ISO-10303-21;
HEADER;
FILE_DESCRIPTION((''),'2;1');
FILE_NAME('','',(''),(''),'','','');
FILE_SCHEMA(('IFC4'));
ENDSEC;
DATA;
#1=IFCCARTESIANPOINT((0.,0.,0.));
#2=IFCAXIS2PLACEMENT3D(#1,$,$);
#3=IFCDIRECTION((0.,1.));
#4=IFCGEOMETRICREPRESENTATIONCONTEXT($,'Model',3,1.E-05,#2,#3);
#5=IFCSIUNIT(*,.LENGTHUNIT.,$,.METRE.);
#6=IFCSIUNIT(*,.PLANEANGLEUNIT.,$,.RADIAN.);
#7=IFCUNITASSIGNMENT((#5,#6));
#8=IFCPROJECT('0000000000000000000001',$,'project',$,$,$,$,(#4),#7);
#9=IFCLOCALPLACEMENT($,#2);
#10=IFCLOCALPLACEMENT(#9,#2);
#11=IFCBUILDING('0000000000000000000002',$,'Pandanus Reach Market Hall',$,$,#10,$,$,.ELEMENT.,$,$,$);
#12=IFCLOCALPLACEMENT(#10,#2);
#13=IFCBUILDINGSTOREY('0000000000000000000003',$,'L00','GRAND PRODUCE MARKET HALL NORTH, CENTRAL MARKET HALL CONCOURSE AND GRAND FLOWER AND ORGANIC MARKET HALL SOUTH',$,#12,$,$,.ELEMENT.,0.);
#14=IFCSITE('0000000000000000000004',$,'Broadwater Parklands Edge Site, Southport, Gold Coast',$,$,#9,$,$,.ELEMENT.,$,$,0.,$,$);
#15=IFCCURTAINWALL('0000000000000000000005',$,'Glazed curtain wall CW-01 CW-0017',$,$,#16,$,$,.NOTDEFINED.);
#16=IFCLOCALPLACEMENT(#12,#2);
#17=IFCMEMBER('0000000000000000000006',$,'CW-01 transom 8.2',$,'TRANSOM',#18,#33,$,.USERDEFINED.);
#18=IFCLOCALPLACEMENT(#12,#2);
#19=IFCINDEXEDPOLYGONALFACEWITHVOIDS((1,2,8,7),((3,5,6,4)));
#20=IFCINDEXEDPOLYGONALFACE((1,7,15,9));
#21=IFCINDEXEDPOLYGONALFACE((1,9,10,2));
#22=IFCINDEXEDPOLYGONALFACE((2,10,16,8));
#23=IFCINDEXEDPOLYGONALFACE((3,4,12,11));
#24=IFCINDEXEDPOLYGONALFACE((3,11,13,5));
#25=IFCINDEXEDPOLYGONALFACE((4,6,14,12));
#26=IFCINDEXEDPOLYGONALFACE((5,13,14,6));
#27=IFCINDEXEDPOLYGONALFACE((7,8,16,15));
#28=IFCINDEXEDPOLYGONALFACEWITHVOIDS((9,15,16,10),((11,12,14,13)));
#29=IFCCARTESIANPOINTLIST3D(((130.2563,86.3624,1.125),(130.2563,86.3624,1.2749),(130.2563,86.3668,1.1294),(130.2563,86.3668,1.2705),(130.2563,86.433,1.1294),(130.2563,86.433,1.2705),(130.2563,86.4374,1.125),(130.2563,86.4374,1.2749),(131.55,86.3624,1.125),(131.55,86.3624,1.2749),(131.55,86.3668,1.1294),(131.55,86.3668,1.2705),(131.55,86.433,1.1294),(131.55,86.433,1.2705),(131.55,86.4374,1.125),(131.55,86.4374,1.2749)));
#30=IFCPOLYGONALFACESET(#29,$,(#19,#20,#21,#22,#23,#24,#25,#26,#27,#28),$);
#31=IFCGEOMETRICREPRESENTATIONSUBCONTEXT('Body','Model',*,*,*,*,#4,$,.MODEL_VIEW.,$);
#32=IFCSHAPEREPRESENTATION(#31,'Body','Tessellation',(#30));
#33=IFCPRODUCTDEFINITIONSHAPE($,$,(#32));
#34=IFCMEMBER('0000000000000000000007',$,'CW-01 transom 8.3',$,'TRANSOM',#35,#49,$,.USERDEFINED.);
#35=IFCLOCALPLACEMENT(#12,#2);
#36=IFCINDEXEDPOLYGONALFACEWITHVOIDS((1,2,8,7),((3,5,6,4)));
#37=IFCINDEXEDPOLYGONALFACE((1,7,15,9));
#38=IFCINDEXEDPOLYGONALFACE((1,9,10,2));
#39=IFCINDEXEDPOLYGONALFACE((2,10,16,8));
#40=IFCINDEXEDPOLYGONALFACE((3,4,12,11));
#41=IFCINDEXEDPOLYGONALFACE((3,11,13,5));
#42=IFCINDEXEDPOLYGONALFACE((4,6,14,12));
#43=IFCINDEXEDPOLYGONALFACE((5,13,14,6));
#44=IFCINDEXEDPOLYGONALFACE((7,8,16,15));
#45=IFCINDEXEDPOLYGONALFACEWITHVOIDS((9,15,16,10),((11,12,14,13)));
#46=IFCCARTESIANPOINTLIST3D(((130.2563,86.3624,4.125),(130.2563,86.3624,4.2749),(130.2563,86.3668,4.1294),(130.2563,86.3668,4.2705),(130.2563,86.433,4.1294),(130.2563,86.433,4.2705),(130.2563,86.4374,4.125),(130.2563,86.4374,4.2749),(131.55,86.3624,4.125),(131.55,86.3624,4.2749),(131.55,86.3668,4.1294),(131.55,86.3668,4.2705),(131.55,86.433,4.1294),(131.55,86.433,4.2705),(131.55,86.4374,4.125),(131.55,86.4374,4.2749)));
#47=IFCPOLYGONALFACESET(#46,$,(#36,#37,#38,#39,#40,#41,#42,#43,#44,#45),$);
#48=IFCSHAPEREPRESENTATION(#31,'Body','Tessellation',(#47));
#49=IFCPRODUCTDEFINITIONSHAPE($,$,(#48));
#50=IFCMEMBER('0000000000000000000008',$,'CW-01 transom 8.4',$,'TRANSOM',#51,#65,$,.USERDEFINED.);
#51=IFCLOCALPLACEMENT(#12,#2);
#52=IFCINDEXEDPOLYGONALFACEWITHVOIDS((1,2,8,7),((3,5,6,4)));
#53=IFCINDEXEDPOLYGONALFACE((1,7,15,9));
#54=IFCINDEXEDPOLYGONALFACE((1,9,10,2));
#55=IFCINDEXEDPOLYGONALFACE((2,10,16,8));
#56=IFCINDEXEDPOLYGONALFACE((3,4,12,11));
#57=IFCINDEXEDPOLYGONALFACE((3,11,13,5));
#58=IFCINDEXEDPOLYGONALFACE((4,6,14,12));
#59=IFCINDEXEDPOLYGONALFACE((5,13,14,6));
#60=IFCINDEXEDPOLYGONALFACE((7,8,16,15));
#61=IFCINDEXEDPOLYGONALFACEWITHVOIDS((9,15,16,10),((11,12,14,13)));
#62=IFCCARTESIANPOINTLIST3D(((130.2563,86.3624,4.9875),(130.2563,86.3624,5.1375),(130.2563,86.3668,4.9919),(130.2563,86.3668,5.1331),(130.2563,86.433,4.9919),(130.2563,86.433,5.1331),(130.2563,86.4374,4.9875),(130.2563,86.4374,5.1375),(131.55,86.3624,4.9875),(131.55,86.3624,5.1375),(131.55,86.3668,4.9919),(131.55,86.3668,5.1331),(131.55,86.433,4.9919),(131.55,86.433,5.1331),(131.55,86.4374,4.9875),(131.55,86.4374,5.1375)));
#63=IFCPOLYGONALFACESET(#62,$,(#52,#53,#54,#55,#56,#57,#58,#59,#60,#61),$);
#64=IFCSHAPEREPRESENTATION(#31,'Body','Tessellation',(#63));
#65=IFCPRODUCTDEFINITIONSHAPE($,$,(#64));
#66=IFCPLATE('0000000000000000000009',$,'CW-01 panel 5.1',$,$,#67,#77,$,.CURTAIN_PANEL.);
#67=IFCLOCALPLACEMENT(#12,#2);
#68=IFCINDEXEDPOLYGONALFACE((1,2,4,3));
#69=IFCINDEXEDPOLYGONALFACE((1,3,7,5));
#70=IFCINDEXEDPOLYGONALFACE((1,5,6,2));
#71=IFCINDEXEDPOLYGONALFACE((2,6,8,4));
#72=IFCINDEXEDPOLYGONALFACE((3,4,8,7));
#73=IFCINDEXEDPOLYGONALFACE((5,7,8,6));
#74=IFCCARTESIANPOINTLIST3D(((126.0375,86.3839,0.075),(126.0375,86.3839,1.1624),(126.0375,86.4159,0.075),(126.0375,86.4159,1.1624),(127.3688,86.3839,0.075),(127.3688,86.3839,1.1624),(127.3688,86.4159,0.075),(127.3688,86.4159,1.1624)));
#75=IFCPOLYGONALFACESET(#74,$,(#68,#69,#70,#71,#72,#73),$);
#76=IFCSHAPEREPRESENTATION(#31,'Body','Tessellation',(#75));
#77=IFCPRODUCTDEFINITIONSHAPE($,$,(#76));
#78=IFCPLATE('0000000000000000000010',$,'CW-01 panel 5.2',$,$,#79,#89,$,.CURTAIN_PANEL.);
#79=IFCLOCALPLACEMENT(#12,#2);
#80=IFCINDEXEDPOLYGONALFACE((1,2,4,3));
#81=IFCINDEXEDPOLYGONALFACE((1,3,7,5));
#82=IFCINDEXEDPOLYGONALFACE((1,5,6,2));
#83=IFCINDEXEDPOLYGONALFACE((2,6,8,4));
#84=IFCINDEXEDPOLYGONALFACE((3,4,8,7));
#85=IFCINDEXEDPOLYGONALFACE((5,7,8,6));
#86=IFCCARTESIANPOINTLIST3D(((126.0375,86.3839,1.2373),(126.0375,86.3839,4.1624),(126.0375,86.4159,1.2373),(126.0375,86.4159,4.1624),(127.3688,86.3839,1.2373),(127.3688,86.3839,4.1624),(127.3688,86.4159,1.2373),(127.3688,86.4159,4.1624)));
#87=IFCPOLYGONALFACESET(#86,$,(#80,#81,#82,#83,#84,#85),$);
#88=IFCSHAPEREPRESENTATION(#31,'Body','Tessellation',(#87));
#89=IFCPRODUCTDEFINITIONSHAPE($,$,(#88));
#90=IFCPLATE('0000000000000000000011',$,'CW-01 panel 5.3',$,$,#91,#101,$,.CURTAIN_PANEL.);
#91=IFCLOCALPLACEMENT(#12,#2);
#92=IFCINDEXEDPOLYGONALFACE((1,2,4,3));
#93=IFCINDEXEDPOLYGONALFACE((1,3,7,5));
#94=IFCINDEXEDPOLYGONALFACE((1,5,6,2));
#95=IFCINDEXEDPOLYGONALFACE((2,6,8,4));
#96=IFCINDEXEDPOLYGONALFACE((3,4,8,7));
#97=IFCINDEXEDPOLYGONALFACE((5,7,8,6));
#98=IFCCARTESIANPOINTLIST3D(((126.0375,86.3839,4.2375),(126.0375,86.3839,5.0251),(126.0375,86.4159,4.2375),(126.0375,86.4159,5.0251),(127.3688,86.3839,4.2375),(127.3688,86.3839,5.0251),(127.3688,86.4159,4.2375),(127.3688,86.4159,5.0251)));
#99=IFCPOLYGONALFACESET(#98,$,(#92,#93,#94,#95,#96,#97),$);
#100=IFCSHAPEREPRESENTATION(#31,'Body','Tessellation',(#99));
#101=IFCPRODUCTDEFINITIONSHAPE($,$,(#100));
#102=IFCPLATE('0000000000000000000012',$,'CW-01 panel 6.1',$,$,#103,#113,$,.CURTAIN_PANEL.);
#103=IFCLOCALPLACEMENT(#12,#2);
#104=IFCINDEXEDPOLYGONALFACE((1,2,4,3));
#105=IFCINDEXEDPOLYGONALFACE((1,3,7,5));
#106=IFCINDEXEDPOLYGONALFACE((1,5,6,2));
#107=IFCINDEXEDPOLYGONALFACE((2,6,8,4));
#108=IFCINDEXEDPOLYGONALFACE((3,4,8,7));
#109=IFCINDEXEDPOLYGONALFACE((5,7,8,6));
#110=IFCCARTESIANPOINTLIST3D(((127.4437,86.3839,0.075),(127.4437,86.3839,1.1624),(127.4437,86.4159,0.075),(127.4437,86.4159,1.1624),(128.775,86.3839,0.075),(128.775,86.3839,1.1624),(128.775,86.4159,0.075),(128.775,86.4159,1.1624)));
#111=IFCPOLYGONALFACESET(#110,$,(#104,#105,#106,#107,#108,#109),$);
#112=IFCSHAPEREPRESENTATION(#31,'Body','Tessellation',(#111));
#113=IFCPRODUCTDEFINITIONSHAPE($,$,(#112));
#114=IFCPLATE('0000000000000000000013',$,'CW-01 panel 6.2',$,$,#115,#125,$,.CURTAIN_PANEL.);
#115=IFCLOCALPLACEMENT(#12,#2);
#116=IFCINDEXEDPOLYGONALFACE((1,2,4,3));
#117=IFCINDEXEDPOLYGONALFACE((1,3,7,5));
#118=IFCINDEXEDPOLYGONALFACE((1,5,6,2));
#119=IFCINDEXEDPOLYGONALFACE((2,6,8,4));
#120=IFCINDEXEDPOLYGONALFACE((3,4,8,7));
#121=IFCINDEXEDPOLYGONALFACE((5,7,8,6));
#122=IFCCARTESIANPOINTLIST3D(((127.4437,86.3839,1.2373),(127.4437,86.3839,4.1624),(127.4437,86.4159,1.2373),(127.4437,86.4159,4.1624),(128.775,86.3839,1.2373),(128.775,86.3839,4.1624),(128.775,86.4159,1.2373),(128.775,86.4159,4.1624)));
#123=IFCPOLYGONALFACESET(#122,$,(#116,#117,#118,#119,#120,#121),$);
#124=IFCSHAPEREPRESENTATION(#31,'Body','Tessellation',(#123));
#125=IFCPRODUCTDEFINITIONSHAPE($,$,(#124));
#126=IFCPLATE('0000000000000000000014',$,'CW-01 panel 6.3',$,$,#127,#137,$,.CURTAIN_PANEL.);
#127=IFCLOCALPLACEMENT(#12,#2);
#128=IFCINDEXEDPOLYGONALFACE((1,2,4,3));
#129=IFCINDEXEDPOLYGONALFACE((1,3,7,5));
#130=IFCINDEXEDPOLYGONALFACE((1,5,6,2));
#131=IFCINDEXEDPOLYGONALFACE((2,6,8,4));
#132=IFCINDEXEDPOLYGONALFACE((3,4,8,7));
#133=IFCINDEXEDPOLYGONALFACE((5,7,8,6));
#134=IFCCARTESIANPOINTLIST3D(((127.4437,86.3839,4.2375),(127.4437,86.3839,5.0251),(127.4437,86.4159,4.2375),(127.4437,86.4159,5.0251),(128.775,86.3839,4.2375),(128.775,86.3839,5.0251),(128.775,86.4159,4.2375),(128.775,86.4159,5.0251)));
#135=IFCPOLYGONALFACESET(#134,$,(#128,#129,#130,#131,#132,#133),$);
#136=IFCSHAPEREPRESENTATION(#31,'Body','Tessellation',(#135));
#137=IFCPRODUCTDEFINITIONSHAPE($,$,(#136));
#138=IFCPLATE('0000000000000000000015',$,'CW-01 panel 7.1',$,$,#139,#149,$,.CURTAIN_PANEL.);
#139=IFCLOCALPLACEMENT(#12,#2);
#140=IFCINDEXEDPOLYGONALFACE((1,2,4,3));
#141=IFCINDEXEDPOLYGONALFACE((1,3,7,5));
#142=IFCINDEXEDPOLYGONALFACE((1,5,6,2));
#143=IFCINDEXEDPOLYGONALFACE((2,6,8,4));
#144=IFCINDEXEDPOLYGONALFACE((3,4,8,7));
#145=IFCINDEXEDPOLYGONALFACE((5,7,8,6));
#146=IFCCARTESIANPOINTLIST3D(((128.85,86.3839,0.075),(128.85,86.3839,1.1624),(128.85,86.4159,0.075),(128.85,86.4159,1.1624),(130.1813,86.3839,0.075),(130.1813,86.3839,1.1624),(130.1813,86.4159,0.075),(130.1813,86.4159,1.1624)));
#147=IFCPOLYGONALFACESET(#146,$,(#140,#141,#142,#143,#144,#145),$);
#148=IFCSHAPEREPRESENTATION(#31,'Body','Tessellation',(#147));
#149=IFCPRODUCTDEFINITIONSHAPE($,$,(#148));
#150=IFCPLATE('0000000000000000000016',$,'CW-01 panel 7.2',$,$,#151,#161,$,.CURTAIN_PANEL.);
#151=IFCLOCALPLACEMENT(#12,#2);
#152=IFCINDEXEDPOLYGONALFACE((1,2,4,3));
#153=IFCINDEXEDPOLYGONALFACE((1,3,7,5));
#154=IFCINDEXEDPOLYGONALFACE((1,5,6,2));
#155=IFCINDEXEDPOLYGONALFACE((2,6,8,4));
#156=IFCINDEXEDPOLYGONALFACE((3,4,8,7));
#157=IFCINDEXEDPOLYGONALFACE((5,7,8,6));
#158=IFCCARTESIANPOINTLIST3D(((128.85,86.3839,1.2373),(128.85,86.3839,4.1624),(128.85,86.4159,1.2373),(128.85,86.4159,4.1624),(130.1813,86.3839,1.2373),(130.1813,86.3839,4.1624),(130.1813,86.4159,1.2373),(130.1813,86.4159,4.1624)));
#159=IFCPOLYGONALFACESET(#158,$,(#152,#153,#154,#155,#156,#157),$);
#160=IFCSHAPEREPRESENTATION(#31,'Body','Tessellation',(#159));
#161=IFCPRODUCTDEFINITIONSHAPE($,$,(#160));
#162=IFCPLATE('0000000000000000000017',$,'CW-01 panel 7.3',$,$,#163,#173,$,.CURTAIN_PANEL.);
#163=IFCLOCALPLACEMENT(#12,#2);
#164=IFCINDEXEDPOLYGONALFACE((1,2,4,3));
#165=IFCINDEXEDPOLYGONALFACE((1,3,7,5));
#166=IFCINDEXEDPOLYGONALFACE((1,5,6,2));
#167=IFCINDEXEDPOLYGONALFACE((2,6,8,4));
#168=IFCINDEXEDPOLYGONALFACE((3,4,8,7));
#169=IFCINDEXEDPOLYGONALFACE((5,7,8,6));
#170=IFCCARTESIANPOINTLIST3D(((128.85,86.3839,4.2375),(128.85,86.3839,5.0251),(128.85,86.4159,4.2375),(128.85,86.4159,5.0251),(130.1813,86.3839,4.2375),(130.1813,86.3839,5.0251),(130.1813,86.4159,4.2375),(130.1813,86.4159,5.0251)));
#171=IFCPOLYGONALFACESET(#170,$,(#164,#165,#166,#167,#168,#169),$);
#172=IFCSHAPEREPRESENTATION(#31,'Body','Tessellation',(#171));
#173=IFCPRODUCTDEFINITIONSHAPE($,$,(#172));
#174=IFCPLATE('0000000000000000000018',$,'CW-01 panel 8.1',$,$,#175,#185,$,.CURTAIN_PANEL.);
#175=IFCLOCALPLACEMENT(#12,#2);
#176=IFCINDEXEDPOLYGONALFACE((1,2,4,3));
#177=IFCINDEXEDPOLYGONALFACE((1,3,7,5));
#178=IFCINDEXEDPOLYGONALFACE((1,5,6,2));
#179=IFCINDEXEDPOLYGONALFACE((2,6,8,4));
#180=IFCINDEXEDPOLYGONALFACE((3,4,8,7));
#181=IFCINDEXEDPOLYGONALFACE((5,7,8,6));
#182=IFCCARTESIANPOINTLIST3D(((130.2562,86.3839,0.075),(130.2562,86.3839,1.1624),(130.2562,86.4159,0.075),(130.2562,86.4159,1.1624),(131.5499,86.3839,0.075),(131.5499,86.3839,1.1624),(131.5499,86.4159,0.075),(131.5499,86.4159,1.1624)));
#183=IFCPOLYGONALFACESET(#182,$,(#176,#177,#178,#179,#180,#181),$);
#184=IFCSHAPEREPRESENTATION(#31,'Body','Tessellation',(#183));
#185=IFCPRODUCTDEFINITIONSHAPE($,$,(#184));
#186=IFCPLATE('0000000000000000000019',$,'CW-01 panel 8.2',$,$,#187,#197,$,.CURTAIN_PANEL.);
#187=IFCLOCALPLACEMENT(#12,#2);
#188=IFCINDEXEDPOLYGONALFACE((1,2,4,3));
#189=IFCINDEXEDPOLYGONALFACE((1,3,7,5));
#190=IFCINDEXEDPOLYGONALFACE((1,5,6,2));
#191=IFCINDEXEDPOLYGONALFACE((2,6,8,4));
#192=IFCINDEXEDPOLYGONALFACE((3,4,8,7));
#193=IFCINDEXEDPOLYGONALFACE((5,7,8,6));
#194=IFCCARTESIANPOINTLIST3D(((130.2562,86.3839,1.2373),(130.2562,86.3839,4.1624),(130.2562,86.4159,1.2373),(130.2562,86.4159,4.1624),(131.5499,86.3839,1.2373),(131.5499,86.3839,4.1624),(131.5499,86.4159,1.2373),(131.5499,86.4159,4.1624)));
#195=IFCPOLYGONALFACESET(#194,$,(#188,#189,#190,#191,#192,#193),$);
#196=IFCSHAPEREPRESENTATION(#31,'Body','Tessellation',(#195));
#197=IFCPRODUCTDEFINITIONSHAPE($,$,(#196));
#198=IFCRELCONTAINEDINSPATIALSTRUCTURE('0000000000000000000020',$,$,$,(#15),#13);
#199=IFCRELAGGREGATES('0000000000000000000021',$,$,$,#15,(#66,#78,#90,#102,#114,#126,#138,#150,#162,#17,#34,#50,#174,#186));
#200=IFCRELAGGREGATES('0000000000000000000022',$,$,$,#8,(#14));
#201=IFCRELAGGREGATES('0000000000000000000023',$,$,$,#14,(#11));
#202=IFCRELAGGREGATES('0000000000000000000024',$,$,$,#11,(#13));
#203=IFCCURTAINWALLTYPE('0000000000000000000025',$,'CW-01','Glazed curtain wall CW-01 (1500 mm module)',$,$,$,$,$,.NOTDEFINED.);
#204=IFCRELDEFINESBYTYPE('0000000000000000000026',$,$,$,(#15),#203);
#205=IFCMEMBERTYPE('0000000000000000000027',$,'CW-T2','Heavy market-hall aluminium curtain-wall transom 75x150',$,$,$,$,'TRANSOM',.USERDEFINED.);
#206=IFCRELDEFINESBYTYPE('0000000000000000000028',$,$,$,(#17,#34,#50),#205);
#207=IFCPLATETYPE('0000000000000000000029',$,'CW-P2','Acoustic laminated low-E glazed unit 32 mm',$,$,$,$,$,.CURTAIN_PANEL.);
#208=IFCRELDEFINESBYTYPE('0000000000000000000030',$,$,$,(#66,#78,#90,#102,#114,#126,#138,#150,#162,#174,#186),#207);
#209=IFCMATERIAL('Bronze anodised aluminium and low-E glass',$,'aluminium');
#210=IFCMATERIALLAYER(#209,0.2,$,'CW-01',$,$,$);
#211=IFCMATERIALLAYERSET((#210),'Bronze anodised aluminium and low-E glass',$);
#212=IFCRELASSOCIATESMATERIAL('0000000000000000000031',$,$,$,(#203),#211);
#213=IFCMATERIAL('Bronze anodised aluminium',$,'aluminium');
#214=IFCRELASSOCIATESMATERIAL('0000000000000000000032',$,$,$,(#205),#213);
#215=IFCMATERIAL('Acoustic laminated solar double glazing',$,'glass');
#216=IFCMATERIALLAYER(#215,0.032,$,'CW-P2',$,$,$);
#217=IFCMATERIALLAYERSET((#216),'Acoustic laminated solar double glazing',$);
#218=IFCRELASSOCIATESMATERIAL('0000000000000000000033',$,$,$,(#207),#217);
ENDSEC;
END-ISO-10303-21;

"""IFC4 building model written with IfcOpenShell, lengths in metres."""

from ifc_helpers import new_model, si_unit, direction, frame, origin, origin_2d, place, context, subcontext, project, spatial, rectangle, hollow_rectangle, extrude, material, layer, layer_set, material_profile, profile_set, type_object, element, aggregate, save


model = new_model("IFC4")

# Units and contexts
model_context = context("Model", 3, precision=1e-05, world=origin(), true_north=direction((0.0, 1.0)))
body_context = subcontext(model_context, "Body", "Model", "MODEL_VIEW")
ifc_project = project(units=[si_unit("LENGTHUNIT", "METRE"), si_unit("PLANEANGLEUNIT", "RADIAN")], contexts=[model_context])

# Site, building, storey
site_placement = place(None, origin())
site = spatial("IfcSite", under=ifc_project, at=site_placement, Name="Broadwater Parklands Edge Site, Southport, Gold Coast", CompositionType="ELEMENT", RefElevation=0.0)
building_placement = place(site_placement, origin())
building = spatial("IfcBuilding", under=site, at=building_placement, Name="Pandanus Reach Market Hall", CompositionType="ELEMENT")
storey_placement = place(building_placement, origin())
storey = spatial("IfcBuildingStorey", under=building, at=storey_placement, Name="L00", Description="GRAND PRODUCE MARKET HALL NORTH, CENTRAL MARKET HALL CONCOURSE AND GRAND FLOWER AND ORGANIC MARKET HALL SOUTH", CompositionType="ELEMENT", Elevation=0.0)

# Curtain wall, members, plates
ifc_material_1 = material(Name="Bronze anodised aluminium and low-E glass", Category="aluminium")
ifc_layer_1 = layer(ifc_material_1, 0.2, Name="CW-01")
ifc_layer_set_1 = layer_set([ifc_layer_1], Name="Bronze anodised aluminium and low-E glass")
curtain_wall_type = type_object("IfcCurtainWallType", Name="CW-01", Description="Glazed curtain wall CW-01 (1500 mm module)", PredefinedType="NOTDEFINED", material=ifc_layer_set_1)
curtain_wall_placement = place(storey_placement, origin())
curtain_wall = element("IfcCurtainWall", 1, at=curtain_wall_placement, inside=storey, type_object=curtain_wall_type, Name="Glazed curtain wall CW-01 CW-0017", PredefinedType="NOTDEFINED")
ifc_material_2 = material(Name="Bronze anodised aluminium", Category="aluminium")
ifc_material_profile_1 = material_profile(ifc_material_2, hollow_rectangle(XDim=0.075, YDim=0.1499, WallThickness=0.0044, at=origin_2d()), Name="ALU75x150", Category="LoadBearing")
ifc_profile_set_1 = profile_set([ifc_material_profile_1], Name="Bronze anodised aluminium")
member_type_1 = type_object("IfcMemberType", Name="CW-T2", Description="Heavy market-hall aluminium curtain-wall transom 75x150", ElementType="TRANSOM", PredefinedType="USERDEFINED", material=ifc_profile_set_1)
member_1_placement = place(storey_placement, frame((130.2563, 86.3999, 1.2), z_axis=(1.0, 0.0, 0.0), x_axis=(0.0, 1.0, 0.0)))
member_1 = element("IfcMember", 2, at=member_1_placement, type_object=member_type_1, Name="CW-01 transom 8.2", ObjectType="TRANSOM", PredefinedType="USERDEFINED", context=body_context, shape_type="SweptSolid", body=[
    extrude(hollow_rectangle(XDim=0.075, YDim=0.1499, WallThickness=0.0044, at=origin_2d()), origin(), (0.0, 0.0, 1.0), 1.2937),
])
member_2_placement = place(storey_placement, frame((130.2563, 86.3999, 4.2), z_axis=(1.0, 0.0, 0.0), x_axis=(0.0, 1.0, 0.0)))
member_2 = element("IfcMember", 3, at=member_2_placement, type_object=member_type_1, Name="CW-01 transom 8.3", ObjectType="TRANSOM", PredefinedType="USERDEFINED", context=body_context, shape_type="SweptSolid", body=[
    extrude(hollow_rectangle(XDim=0.075, YDim=0.1499, WallThickness=0.0044, at=origin_2d()), origin(), (0.0, 0.0, 1.0), 1.2937),
])
member_3_placement = place(storey_placement, frame((130.2563, 86.3999, 5.0625), z_axis=(1.0, 0.0, 0.0), x_axis=(0.0, 1.0, 0.0)))
member_3 = element("IfcMember", 4, at=member_3_placement, type_object=member_type_1, Name="CW-01 transom 8.4", ObjectType="TRANSOM", PredefinedType="USERDEFINED", context=body_context, shape_type="SweptSolid", body=[
    extrude(hollow_rectangle(XDim=0.075, YDim=0.1499, WallThickness=0.0044, at=origin_2d()), origin(), (0.0, 0.0, 1.0), 1.2937),
])
ifc_material_3 = material(Name="Acoustic laminated solar double glazing", Category="glass")
ifc_layer_2 = layer(ifc_material_3, 0.032, Name="CW-P2")
ifc_layer_set_2 = layer_set([ifc_layer_2], Name="Acoustic laminated solar double glazing")
plate_type = type_object("IfcPlateType", Name="CW-P2", Description="Acoustic laminated low-E glazed unit 32 mm", PredefinedType="CURTAIN_PANEL", material=ifc_layer_set_2)
plate_1_placement = place(storey_placement, frame((126.7031, 86.3999, 0.075), z_axis=(0.0, 0.0, 1.0), x_axis=(1.0, 0.0, 0.0)))
plate_1 = element("IfcPlate", 5, at=plate_1_placement, type_object=plate_type, Name="CW-01 panel 5.1", PredefinedType="CURTAIN_PANEL", context=body_context, shape_type="SweptSolid", body=[
    extrude(rectangle(XDim=1.3313, YDim=0.032, at=origin_2d()), origin(), (0.0, 0.0, 1.0), 1.0874),
])
plate_2_placement = place(storey_placement, frame((126.7031, 86.3999, 1.2373), z_axis=(0.0, 0.0, 1.0), x_axis=(1.0, 0.0, 0.0)))
plate_2 = element("IfcPlate", 6, at=plate_2_placement, type_object=plate_type, Name="CW-01 panel 5.2", PredefinedType="CURTAIN_PANEL", context=body_context, shape_type="SweptSolid", body=[
    extrude(rectangle(XDim=1.3313, YDim=0.032, at=origin_2d()), origin(), (0.0, 0.0, 1.0), 2.925),
])
plate_3_placement = place(storey_placement, frame((126.7031, 86.3999, 4.2375), z_axis=(0.0, 0.0, 1.0), x_axis=(1.0, 0.0, 0.0)))
plate_3 = element("IfcPlate", 7, at=plate_3_placement, type_object=plate_type, Name="CW-01 panel 5.3", PredefinedType="CURTAIN_PANEL", context=body_context, shape_type="SweptSolid", body=[
    extrude(rectangle(XDim=1.3313, YDim=0.032, at=origin_2d()), origin(), (0.0, 0.0, 1.0), 0.7876),
])
plate_4_placement = place(storey_placement, frame((128.1094, 86.3999, 0.075), z_axis=(0.0, 0.0, 1.0), x_axis=(1.0, 0.0, 0.0)))
plate_4 = element("IfcPlate", 8, at=plate_4_placement, type_object=plate_type, Name="CW-01 panel 6.1", PredefinedType="CURTAIN_PANEL", context=body_context, shape_type="SweptSolid", body=[
    extrude(rectangle(XDim=1.3313, YDim=0.032, at=origin_2d()), origin(), (0.0, 0.0, 1.0), 1.0874),
])
plate_5_placement = place(storey_placement, frame((128.1094, 86.3999, 1.2373), z_axis=(0.0, 0.0, 1.0), x_axis=(1.0, 0.0, 0.0)))
plate_5 = element("IfcPlate", 9, at=plate_5_placement, type_object=plate_type, Name="CW-01 panel 6.2", PredefinedType="CURTAIN_PANEL", context=body_context, shape_type="SweptSolid", body=[
    extrude(rectangle(XDim=1.3313, YDim=0.032, at=origin_2d()), origin(), (0.0, 0.0, 1.0), 2.925),
])
plate_6_placement = place(storey_placement, frame((128.1094, 86.3999, 4.2375), z_axis=(0.0, 0.0, 1.0), x_axis=(1.0, 0.0, 0.0)))
plate_6 = element("IfcPlate", 10, at=plate_6_placement, type_object=plate_type, Name="CW-01 panel 6.3", PredefinedType="CURTAIN_PANEL", context=body_context, shape_type="SweptSolid", body=[
    extrude(rectangle(XDim=1.3313, YDim=0.032, at=origin_2d()), origin(), (0.0, 0.0, 1.0), 0.7876),
])
plate_7_placement = place(storey_placement, frame((129.5156, 86.3999, 0.075), z_axis=(0.0, 0.0, 1.0), x_axis=(1.0, 0.0, 0.0)))
plate_7 = element("IfcPlate", 11, at=plate_7_placement, type_object=plate_type, Name="CW-01 panel 7.1", PredefinedType="CURTAIN_PANEL", context=body_context, shape_type="SweptSolid", body=[
    extrude(rectangle(XDim=1.3313, YDim=0.032, at=origin_2d()), origin(), (0.0, 0.0, 1.0), 1.0874),
])
plate_8_placement = place(storey_placement, frame((129.5156, 86.3999, 1.2373), z_axis=(0.0, 0.0, 1.0), x_axis=(1.0, 0.0, 0.0)))
plate_8 = element("IfcPlate", 12, at=plate_8_placement, type_object=plate_type, Name="CW-01 panel 7.2", PredefinedType="CURTAIN_PANEL", context=body_context, shape_type="SweptSolid", body=[
    extrude(rectangle(XDim=1.3313, YDim=0.032, at=origin_2d()), origin(), (0.0, 0.0, 1.0), 2.925),
])
plate_9_placement = place(storey_placement, frame((129.5156, 86.3999, 4.2375), z_axis=(0.0, 0.0, 1.0), x_axis=(1.0, 0.0, 0.0)))
plate_9 = element("IfcPlate", 13, at=plate_9_placement, type_object=plate_type, Name="CW-01 panel 7.3", PredefinedType="CURTAIN_PANEL", context=body_context, shape_type="SweptSolid", body=[
    extrude(rectangle(XDim=1.3313, YDim=0.032, at=origin_2d()), origin(), (0.0, 0.0, 1.0), 0.7876),
])
plate_10_placement = place(storey_placement, frame((130.9031, 86.3999, 0.075), z_axis=(0.0, 0.0, 1.0), x_axis=(1.0, 0.0, 0.0)))
plate_10 = element("IfcPlate", 14, at=plate_10_placement, type_object=plate_type, Name="CW-01 panel 8.1", PredefinedType="CURTAIN_PANEL", context=body_context, shape_type="SweptSolid", body=[
    extrude(rectangle(XDim=1.2937, YDim=0.032, at=origin_2d()), origin(), (0.0, 0.0, 1.0), 1.0874),
])
plate_11_placement = place(storey_placement, frame((130.9031, 86.3999, 1.2373), z_axis=(0.0, 0.0, 1.0), x_axis=(1.0, 0.0, 0.0)))
plate_11 = element("IfcPlate", 15, at=plate_11_placement, type_object=plate_type, Name="CW-01 panel 8.2", PredefinedType="CURTAIN_PANEL", context=body_context, shape_type="SweptSolid", body=[
    extrude(rectangle(XDim=1.2937, YDim=0.032, at=origin_2d()), origin(), (0.0, 0.0, 1.0), 2.925),
])
aggregate(curtain_wall, [plate_1, plate_2, plate_3, plate_4, plate_5, plate_6, plate_7, plate_8, plate_9, member_1, member_2, member_3, plate_10, plate_11])

save(model, "model.ifc")
